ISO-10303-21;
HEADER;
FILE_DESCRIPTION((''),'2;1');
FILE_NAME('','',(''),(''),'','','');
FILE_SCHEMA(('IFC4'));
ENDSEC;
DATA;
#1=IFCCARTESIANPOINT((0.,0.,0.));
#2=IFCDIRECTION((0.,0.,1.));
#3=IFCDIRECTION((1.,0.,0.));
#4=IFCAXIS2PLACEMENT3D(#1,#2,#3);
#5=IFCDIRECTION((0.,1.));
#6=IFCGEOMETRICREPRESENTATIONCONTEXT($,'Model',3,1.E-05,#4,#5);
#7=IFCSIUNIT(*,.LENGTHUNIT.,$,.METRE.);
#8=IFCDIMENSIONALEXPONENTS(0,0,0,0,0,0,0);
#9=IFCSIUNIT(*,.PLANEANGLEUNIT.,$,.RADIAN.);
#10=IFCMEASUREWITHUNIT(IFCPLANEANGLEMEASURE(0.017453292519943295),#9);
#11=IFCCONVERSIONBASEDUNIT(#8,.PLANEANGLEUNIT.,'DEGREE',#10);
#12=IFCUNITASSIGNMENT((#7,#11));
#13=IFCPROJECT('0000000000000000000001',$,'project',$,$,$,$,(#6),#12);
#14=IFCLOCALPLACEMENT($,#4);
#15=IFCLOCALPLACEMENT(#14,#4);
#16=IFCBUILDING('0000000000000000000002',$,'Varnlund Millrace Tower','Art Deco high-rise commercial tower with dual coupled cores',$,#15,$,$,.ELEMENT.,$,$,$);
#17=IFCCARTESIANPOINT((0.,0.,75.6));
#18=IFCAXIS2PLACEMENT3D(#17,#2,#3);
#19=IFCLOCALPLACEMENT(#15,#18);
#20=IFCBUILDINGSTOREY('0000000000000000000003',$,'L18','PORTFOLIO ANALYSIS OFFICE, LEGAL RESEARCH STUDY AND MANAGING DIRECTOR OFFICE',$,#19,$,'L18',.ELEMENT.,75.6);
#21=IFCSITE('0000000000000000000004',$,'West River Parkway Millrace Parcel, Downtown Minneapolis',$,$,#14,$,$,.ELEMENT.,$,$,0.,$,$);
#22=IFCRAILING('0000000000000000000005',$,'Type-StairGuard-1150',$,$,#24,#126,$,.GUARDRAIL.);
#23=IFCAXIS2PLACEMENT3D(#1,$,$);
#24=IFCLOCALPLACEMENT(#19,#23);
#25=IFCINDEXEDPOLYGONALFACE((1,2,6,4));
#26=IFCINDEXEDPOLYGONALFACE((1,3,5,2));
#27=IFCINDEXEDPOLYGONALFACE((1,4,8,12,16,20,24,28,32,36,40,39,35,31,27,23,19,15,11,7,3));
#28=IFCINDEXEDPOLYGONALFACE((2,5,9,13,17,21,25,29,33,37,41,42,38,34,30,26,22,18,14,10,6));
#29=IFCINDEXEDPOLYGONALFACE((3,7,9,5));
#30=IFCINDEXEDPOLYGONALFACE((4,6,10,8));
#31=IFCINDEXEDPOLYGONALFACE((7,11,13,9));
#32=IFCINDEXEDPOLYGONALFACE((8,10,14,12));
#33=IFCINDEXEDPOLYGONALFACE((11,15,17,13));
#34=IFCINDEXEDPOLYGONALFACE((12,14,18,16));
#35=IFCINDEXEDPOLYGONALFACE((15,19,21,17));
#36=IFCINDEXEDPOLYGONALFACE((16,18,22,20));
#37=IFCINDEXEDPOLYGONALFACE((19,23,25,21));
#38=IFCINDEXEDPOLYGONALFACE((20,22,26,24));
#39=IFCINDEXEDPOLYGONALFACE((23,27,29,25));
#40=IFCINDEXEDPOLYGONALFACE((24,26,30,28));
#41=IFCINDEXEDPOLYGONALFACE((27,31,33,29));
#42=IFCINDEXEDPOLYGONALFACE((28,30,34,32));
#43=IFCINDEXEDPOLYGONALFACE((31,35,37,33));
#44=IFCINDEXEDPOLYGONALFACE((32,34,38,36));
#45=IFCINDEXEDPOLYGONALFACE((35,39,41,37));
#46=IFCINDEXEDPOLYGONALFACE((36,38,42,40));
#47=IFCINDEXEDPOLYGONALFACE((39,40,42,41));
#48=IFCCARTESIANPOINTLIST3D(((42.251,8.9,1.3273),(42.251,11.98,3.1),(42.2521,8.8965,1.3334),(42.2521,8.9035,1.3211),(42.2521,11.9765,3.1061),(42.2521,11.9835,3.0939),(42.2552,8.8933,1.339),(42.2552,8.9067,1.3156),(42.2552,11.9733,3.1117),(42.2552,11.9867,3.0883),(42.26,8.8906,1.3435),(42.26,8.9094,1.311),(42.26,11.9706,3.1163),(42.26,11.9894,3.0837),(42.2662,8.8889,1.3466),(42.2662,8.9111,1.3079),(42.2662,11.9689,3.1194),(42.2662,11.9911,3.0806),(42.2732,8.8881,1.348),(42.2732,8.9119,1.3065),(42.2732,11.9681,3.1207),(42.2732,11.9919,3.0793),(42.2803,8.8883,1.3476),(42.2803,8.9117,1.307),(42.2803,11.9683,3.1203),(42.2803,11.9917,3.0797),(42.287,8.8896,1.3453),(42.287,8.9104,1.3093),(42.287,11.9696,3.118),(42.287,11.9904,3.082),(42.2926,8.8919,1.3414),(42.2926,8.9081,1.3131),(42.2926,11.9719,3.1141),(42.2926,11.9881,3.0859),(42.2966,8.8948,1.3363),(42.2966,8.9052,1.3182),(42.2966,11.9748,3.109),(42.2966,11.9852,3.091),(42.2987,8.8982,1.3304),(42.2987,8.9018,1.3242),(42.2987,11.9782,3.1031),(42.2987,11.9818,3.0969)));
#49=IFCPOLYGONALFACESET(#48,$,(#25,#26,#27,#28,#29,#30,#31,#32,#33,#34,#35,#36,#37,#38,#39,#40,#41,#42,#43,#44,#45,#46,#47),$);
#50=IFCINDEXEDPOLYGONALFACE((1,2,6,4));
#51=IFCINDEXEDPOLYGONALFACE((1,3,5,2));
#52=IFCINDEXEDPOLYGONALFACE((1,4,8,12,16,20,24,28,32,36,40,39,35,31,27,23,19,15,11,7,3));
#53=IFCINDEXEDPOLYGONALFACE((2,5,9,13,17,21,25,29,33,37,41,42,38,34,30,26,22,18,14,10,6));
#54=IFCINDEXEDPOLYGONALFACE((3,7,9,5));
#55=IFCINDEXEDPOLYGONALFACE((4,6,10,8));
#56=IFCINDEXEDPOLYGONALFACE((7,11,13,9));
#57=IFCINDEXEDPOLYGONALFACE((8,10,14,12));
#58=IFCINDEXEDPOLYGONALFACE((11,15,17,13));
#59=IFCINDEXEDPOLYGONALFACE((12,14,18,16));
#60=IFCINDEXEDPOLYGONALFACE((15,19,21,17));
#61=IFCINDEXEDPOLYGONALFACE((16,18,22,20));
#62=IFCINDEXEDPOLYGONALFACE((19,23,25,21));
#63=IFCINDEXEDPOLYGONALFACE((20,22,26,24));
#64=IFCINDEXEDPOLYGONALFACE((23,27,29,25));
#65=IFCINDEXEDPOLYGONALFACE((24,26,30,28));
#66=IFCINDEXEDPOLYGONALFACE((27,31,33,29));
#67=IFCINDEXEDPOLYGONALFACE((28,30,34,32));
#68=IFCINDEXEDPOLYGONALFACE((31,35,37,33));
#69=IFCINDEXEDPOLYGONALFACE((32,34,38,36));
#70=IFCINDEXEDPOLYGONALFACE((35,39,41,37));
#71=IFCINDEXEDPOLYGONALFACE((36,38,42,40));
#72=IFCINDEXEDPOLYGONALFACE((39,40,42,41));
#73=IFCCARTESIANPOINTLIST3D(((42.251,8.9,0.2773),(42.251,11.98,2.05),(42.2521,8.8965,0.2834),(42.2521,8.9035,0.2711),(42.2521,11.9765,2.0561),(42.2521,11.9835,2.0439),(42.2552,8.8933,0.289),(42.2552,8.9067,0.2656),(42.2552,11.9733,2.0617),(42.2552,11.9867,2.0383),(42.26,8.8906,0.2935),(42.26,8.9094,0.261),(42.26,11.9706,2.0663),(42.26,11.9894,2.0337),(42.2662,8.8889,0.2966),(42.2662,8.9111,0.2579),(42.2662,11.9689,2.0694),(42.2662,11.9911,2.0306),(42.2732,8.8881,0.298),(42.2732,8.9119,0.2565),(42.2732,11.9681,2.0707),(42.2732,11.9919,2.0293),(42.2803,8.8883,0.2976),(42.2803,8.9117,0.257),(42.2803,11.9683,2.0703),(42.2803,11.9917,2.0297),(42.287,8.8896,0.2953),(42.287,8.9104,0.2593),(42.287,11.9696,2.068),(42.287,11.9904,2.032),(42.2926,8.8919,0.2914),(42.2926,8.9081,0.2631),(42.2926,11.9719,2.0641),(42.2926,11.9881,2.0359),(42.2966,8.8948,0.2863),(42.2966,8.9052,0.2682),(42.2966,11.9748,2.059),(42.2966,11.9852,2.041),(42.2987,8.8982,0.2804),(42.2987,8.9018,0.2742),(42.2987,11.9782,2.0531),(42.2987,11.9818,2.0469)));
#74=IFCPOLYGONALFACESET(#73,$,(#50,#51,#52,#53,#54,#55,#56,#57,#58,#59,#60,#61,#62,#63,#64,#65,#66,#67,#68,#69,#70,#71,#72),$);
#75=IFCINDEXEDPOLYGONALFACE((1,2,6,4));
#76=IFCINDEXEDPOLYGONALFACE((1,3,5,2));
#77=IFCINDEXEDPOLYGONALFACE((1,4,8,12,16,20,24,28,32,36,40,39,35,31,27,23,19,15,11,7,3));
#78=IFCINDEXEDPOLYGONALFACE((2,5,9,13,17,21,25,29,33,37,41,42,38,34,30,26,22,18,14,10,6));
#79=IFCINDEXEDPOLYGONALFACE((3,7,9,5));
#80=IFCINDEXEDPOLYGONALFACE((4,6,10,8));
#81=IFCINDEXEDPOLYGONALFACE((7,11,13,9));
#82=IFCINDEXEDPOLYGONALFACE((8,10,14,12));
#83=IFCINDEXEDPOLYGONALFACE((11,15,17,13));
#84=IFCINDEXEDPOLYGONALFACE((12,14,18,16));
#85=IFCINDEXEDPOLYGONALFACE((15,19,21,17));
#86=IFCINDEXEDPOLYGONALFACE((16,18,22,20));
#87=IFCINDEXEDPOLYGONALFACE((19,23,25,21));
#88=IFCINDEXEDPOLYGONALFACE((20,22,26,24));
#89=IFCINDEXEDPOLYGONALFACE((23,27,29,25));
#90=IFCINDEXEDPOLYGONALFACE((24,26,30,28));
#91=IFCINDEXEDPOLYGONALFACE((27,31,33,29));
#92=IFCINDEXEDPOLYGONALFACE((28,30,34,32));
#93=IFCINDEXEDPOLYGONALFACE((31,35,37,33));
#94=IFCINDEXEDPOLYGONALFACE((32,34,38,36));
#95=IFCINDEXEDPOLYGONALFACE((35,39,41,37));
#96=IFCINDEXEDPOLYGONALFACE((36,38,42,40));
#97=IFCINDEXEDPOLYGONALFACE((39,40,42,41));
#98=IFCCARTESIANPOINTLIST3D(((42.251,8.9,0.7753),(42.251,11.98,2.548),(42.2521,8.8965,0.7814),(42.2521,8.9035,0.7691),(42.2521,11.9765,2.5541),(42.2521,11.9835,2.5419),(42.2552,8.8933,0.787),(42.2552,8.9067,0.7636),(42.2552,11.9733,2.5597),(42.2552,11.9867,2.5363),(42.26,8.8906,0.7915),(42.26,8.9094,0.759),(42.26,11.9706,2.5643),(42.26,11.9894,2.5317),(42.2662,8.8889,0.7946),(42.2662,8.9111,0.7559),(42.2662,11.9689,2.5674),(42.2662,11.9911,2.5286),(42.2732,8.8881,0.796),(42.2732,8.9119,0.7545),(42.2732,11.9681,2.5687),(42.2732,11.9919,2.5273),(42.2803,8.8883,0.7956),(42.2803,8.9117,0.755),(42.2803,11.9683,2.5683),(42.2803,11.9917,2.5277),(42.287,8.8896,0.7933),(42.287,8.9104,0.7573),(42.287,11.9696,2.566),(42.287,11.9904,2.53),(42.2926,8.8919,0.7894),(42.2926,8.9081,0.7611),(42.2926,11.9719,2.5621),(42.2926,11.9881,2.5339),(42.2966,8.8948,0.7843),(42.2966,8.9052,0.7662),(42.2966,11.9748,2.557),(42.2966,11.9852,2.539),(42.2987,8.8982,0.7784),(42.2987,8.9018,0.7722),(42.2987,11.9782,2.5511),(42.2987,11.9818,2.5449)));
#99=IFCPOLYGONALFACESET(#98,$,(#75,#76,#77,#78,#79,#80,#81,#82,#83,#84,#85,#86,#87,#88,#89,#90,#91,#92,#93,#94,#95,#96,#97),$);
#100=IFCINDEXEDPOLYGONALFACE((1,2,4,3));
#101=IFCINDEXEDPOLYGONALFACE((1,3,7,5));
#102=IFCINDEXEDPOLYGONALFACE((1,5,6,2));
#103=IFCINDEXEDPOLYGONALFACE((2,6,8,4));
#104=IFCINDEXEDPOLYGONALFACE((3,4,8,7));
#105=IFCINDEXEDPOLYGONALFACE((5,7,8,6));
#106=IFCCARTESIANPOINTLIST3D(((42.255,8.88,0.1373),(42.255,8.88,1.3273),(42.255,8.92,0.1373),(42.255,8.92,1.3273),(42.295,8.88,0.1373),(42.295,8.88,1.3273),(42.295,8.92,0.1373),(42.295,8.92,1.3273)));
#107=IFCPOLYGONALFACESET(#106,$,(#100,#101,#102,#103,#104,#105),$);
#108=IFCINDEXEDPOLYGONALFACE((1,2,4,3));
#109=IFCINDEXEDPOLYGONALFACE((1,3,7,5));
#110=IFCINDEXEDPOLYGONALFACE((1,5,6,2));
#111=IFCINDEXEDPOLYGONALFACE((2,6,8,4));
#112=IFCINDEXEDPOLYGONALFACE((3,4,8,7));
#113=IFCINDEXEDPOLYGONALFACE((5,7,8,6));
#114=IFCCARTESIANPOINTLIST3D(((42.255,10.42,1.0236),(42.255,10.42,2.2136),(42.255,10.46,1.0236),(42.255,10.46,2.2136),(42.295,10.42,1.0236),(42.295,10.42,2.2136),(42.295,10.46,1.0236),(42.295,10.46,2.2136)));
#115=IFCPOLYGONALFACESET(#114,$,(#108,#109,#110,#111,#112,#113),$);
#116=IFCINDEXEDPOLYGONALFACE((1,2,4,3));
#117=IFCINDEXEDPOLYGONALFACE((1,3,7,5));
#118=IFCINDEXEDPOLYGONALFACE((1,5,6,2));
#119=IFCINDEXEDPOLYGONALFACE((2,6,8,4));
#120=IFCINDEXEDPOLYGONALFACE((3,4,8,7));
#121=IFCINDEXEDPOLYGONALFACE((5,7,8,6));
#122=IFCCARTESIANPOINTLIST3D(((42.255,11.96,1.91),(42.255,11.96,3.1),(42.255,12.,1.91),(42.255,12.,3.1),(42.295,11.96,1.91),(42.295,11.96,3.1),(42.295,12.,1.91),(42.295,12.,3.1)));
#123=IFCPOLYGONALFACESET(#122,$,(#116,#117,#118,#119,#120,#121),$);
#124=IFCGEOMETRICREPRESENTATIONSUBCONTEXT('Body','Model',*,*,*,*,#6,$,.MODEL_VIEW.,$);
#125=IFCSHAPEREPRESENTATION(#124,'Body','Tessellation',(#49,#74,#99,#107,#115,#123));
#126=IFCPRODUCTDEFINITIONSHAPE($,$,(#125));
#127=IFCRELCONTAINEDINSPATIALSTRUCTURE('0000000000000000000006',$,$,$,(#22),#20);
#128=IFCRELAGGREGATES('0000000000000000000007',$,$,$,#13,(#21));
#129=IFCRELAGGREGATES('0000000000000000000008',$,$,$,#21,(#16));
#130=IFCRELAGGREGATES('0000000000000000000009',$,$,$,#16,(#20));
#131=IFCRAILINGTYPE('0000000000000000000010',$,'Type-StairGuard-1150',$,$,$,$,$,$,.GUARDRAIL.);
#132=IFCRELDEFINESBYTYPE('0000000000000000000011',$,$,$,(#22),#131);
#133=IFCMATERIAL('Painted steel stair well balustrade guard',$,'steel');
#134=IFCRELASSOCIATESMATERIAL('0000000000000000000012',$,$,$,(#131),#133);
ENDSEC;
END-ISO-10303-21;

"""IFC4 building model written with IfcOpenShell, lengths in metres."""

from ifc_helpers import new_model, entity, si_unit, converted_unit, direction, frame, origin_with_axes, origin_2d_with_axis, place, context, subcontext, project, spatial, rectangle, circle, extrude, material, type_object, element, save


model = new_model("IFC4")

# Units and contexts
model_context = context("Model", 3, precision=1e-05, world=origin_with_axes(), true_north=direction((0.0, 1.0)))
body_context = subcontext(model_context, "Body", "Model", "MODEL_VIEW")
ifc_project = project(units=[si_unit("LENGTHUNIT", "METRE"), converted_unit("PLANEANGLEUNIT", "DEGREE", entity("IfcPlaneAngleMeasure", 0.017453292519943295), si_unit("PLANEANGLEUNIT", "RADIAN"), dimensions=[0, 0, 0, 0, 0, 0, 0])], contexts=[model_context])

# Site, building, storey
site_placement = place(None, origin_with_axes())
site = spatial("IfcSite", under=ifc_project, at=site_placement, Name="West River Parkway Millrace Parcel, Downtown Minneapolis", CompositionType="ELEMENT", RefElevation=0.0)
building_placement = place(site_placement, origin_with_axes())
building = spatial("IfcBuilding", under=site, at=building_placement, Name="Varnlund Millrace Tower", Description="Art Deco high-rise commercial tower with dual coupled cores", CompositionType="ELEMENT")
storey_placement = place(building_placement, frame((0.0, 0.0, 75.6), z_axis=(0.0, 0.0, 1.0), x_axis=(1.0, 0.0, 0.0)))
storey = spatial("IfcBuildingStorey", under=building, at=storey_placement, Name="L18", Description="PORTFOLIO ANALYSIS OFFICE, LEGAL RESEARCH STUDY AND MANAGING DIRECTOR OFFICE", LongName="L18", CompositionType="ELEMENT", Elevation=75.6)

# Railing
ifc_material_1 = material(Name="Painted steel stair well balustrade guard", Category="steel")
railing_type_1 = type_object("IfcRailingType", Name="Type-StairGuard-1150", PredefinedType="GUARDRAIL", material=ifc_material_1)
railing_1_placement = place(storey_placement, frame((0.0, 0.0, -75.6), z_axis=(0.0, 0.0, 1.0), x_axis=(1.0, 0.0, 0.0)))
element("IfcRailing", 1, at=railing_1_placement, inside=storey, type_object=railing_type_1, Name="Type-StairGuard-1150", PredefinedType="GUARDRAIL", context=body_context, shape_type="SweptSolid", body=[
    extrude(circle(Radius=0.024, at=origin_2d_with_axis()), frame((42.275, 8.9, 76.9273), z_axis=(0.0, 0.866696, 0.498836), x_axis=(-1.0, 0.0, 0.0)), (0.0, 0.0, 1.0), 3.5537),
    extrude(circle(Radius=0.024, at=origin_2d_with_axis()), frame((42.275, 8.9, 75.8773), z_axis=(0.0, 0.866696, 0.498836), x_axis=(-1.0, 0.0, 0.0)), (0.0, 0.0, 1.0), 3.5537),
    extrude(circle(Radius=0.024, at=origin_2d_with_axis()), frame((42.275, 8.9, 76.3753), z_axis=(0.0, 0.866696, 0.498836), x_axis=(-1.0, 0.0, 0.0)), (0.0, 0.0, 1.0), 3.5537),
    extrude(rectangle(XDim=0.04, YDim=0.04, at=origin_2d_with_axis()), frame((42.275, 8.9, 75.7373), z_axis=(0.0, 0.0, 1.0), x_axis=(1.0, 0.0, 0.0)), (0.0, 0.0, 1.0), 1.19),
    extrude(rectangle(XDim=0.04, YDim=0.04, at=origin_2d_with_axis()), frame((42.275, 10.44, 76.6236), z_axis=(0.0, 0.0, 1.0), x_axis=(1.0, 0.0, 0.0)), (0.0, 0.0, 1.0), 1.19),
    extrude(rectangle(XDim=0.04, YDim=0.04, at=origin_2d_with_axis()), frame((42.275, 11.98, 77.51), z_axis=(0.0, 0.0, 1.0), x_axis=(1.0, 0.0, 0.0)), (0.0, 0.0, 1.0), 1.19),
])

save(model, "model.ifc")
